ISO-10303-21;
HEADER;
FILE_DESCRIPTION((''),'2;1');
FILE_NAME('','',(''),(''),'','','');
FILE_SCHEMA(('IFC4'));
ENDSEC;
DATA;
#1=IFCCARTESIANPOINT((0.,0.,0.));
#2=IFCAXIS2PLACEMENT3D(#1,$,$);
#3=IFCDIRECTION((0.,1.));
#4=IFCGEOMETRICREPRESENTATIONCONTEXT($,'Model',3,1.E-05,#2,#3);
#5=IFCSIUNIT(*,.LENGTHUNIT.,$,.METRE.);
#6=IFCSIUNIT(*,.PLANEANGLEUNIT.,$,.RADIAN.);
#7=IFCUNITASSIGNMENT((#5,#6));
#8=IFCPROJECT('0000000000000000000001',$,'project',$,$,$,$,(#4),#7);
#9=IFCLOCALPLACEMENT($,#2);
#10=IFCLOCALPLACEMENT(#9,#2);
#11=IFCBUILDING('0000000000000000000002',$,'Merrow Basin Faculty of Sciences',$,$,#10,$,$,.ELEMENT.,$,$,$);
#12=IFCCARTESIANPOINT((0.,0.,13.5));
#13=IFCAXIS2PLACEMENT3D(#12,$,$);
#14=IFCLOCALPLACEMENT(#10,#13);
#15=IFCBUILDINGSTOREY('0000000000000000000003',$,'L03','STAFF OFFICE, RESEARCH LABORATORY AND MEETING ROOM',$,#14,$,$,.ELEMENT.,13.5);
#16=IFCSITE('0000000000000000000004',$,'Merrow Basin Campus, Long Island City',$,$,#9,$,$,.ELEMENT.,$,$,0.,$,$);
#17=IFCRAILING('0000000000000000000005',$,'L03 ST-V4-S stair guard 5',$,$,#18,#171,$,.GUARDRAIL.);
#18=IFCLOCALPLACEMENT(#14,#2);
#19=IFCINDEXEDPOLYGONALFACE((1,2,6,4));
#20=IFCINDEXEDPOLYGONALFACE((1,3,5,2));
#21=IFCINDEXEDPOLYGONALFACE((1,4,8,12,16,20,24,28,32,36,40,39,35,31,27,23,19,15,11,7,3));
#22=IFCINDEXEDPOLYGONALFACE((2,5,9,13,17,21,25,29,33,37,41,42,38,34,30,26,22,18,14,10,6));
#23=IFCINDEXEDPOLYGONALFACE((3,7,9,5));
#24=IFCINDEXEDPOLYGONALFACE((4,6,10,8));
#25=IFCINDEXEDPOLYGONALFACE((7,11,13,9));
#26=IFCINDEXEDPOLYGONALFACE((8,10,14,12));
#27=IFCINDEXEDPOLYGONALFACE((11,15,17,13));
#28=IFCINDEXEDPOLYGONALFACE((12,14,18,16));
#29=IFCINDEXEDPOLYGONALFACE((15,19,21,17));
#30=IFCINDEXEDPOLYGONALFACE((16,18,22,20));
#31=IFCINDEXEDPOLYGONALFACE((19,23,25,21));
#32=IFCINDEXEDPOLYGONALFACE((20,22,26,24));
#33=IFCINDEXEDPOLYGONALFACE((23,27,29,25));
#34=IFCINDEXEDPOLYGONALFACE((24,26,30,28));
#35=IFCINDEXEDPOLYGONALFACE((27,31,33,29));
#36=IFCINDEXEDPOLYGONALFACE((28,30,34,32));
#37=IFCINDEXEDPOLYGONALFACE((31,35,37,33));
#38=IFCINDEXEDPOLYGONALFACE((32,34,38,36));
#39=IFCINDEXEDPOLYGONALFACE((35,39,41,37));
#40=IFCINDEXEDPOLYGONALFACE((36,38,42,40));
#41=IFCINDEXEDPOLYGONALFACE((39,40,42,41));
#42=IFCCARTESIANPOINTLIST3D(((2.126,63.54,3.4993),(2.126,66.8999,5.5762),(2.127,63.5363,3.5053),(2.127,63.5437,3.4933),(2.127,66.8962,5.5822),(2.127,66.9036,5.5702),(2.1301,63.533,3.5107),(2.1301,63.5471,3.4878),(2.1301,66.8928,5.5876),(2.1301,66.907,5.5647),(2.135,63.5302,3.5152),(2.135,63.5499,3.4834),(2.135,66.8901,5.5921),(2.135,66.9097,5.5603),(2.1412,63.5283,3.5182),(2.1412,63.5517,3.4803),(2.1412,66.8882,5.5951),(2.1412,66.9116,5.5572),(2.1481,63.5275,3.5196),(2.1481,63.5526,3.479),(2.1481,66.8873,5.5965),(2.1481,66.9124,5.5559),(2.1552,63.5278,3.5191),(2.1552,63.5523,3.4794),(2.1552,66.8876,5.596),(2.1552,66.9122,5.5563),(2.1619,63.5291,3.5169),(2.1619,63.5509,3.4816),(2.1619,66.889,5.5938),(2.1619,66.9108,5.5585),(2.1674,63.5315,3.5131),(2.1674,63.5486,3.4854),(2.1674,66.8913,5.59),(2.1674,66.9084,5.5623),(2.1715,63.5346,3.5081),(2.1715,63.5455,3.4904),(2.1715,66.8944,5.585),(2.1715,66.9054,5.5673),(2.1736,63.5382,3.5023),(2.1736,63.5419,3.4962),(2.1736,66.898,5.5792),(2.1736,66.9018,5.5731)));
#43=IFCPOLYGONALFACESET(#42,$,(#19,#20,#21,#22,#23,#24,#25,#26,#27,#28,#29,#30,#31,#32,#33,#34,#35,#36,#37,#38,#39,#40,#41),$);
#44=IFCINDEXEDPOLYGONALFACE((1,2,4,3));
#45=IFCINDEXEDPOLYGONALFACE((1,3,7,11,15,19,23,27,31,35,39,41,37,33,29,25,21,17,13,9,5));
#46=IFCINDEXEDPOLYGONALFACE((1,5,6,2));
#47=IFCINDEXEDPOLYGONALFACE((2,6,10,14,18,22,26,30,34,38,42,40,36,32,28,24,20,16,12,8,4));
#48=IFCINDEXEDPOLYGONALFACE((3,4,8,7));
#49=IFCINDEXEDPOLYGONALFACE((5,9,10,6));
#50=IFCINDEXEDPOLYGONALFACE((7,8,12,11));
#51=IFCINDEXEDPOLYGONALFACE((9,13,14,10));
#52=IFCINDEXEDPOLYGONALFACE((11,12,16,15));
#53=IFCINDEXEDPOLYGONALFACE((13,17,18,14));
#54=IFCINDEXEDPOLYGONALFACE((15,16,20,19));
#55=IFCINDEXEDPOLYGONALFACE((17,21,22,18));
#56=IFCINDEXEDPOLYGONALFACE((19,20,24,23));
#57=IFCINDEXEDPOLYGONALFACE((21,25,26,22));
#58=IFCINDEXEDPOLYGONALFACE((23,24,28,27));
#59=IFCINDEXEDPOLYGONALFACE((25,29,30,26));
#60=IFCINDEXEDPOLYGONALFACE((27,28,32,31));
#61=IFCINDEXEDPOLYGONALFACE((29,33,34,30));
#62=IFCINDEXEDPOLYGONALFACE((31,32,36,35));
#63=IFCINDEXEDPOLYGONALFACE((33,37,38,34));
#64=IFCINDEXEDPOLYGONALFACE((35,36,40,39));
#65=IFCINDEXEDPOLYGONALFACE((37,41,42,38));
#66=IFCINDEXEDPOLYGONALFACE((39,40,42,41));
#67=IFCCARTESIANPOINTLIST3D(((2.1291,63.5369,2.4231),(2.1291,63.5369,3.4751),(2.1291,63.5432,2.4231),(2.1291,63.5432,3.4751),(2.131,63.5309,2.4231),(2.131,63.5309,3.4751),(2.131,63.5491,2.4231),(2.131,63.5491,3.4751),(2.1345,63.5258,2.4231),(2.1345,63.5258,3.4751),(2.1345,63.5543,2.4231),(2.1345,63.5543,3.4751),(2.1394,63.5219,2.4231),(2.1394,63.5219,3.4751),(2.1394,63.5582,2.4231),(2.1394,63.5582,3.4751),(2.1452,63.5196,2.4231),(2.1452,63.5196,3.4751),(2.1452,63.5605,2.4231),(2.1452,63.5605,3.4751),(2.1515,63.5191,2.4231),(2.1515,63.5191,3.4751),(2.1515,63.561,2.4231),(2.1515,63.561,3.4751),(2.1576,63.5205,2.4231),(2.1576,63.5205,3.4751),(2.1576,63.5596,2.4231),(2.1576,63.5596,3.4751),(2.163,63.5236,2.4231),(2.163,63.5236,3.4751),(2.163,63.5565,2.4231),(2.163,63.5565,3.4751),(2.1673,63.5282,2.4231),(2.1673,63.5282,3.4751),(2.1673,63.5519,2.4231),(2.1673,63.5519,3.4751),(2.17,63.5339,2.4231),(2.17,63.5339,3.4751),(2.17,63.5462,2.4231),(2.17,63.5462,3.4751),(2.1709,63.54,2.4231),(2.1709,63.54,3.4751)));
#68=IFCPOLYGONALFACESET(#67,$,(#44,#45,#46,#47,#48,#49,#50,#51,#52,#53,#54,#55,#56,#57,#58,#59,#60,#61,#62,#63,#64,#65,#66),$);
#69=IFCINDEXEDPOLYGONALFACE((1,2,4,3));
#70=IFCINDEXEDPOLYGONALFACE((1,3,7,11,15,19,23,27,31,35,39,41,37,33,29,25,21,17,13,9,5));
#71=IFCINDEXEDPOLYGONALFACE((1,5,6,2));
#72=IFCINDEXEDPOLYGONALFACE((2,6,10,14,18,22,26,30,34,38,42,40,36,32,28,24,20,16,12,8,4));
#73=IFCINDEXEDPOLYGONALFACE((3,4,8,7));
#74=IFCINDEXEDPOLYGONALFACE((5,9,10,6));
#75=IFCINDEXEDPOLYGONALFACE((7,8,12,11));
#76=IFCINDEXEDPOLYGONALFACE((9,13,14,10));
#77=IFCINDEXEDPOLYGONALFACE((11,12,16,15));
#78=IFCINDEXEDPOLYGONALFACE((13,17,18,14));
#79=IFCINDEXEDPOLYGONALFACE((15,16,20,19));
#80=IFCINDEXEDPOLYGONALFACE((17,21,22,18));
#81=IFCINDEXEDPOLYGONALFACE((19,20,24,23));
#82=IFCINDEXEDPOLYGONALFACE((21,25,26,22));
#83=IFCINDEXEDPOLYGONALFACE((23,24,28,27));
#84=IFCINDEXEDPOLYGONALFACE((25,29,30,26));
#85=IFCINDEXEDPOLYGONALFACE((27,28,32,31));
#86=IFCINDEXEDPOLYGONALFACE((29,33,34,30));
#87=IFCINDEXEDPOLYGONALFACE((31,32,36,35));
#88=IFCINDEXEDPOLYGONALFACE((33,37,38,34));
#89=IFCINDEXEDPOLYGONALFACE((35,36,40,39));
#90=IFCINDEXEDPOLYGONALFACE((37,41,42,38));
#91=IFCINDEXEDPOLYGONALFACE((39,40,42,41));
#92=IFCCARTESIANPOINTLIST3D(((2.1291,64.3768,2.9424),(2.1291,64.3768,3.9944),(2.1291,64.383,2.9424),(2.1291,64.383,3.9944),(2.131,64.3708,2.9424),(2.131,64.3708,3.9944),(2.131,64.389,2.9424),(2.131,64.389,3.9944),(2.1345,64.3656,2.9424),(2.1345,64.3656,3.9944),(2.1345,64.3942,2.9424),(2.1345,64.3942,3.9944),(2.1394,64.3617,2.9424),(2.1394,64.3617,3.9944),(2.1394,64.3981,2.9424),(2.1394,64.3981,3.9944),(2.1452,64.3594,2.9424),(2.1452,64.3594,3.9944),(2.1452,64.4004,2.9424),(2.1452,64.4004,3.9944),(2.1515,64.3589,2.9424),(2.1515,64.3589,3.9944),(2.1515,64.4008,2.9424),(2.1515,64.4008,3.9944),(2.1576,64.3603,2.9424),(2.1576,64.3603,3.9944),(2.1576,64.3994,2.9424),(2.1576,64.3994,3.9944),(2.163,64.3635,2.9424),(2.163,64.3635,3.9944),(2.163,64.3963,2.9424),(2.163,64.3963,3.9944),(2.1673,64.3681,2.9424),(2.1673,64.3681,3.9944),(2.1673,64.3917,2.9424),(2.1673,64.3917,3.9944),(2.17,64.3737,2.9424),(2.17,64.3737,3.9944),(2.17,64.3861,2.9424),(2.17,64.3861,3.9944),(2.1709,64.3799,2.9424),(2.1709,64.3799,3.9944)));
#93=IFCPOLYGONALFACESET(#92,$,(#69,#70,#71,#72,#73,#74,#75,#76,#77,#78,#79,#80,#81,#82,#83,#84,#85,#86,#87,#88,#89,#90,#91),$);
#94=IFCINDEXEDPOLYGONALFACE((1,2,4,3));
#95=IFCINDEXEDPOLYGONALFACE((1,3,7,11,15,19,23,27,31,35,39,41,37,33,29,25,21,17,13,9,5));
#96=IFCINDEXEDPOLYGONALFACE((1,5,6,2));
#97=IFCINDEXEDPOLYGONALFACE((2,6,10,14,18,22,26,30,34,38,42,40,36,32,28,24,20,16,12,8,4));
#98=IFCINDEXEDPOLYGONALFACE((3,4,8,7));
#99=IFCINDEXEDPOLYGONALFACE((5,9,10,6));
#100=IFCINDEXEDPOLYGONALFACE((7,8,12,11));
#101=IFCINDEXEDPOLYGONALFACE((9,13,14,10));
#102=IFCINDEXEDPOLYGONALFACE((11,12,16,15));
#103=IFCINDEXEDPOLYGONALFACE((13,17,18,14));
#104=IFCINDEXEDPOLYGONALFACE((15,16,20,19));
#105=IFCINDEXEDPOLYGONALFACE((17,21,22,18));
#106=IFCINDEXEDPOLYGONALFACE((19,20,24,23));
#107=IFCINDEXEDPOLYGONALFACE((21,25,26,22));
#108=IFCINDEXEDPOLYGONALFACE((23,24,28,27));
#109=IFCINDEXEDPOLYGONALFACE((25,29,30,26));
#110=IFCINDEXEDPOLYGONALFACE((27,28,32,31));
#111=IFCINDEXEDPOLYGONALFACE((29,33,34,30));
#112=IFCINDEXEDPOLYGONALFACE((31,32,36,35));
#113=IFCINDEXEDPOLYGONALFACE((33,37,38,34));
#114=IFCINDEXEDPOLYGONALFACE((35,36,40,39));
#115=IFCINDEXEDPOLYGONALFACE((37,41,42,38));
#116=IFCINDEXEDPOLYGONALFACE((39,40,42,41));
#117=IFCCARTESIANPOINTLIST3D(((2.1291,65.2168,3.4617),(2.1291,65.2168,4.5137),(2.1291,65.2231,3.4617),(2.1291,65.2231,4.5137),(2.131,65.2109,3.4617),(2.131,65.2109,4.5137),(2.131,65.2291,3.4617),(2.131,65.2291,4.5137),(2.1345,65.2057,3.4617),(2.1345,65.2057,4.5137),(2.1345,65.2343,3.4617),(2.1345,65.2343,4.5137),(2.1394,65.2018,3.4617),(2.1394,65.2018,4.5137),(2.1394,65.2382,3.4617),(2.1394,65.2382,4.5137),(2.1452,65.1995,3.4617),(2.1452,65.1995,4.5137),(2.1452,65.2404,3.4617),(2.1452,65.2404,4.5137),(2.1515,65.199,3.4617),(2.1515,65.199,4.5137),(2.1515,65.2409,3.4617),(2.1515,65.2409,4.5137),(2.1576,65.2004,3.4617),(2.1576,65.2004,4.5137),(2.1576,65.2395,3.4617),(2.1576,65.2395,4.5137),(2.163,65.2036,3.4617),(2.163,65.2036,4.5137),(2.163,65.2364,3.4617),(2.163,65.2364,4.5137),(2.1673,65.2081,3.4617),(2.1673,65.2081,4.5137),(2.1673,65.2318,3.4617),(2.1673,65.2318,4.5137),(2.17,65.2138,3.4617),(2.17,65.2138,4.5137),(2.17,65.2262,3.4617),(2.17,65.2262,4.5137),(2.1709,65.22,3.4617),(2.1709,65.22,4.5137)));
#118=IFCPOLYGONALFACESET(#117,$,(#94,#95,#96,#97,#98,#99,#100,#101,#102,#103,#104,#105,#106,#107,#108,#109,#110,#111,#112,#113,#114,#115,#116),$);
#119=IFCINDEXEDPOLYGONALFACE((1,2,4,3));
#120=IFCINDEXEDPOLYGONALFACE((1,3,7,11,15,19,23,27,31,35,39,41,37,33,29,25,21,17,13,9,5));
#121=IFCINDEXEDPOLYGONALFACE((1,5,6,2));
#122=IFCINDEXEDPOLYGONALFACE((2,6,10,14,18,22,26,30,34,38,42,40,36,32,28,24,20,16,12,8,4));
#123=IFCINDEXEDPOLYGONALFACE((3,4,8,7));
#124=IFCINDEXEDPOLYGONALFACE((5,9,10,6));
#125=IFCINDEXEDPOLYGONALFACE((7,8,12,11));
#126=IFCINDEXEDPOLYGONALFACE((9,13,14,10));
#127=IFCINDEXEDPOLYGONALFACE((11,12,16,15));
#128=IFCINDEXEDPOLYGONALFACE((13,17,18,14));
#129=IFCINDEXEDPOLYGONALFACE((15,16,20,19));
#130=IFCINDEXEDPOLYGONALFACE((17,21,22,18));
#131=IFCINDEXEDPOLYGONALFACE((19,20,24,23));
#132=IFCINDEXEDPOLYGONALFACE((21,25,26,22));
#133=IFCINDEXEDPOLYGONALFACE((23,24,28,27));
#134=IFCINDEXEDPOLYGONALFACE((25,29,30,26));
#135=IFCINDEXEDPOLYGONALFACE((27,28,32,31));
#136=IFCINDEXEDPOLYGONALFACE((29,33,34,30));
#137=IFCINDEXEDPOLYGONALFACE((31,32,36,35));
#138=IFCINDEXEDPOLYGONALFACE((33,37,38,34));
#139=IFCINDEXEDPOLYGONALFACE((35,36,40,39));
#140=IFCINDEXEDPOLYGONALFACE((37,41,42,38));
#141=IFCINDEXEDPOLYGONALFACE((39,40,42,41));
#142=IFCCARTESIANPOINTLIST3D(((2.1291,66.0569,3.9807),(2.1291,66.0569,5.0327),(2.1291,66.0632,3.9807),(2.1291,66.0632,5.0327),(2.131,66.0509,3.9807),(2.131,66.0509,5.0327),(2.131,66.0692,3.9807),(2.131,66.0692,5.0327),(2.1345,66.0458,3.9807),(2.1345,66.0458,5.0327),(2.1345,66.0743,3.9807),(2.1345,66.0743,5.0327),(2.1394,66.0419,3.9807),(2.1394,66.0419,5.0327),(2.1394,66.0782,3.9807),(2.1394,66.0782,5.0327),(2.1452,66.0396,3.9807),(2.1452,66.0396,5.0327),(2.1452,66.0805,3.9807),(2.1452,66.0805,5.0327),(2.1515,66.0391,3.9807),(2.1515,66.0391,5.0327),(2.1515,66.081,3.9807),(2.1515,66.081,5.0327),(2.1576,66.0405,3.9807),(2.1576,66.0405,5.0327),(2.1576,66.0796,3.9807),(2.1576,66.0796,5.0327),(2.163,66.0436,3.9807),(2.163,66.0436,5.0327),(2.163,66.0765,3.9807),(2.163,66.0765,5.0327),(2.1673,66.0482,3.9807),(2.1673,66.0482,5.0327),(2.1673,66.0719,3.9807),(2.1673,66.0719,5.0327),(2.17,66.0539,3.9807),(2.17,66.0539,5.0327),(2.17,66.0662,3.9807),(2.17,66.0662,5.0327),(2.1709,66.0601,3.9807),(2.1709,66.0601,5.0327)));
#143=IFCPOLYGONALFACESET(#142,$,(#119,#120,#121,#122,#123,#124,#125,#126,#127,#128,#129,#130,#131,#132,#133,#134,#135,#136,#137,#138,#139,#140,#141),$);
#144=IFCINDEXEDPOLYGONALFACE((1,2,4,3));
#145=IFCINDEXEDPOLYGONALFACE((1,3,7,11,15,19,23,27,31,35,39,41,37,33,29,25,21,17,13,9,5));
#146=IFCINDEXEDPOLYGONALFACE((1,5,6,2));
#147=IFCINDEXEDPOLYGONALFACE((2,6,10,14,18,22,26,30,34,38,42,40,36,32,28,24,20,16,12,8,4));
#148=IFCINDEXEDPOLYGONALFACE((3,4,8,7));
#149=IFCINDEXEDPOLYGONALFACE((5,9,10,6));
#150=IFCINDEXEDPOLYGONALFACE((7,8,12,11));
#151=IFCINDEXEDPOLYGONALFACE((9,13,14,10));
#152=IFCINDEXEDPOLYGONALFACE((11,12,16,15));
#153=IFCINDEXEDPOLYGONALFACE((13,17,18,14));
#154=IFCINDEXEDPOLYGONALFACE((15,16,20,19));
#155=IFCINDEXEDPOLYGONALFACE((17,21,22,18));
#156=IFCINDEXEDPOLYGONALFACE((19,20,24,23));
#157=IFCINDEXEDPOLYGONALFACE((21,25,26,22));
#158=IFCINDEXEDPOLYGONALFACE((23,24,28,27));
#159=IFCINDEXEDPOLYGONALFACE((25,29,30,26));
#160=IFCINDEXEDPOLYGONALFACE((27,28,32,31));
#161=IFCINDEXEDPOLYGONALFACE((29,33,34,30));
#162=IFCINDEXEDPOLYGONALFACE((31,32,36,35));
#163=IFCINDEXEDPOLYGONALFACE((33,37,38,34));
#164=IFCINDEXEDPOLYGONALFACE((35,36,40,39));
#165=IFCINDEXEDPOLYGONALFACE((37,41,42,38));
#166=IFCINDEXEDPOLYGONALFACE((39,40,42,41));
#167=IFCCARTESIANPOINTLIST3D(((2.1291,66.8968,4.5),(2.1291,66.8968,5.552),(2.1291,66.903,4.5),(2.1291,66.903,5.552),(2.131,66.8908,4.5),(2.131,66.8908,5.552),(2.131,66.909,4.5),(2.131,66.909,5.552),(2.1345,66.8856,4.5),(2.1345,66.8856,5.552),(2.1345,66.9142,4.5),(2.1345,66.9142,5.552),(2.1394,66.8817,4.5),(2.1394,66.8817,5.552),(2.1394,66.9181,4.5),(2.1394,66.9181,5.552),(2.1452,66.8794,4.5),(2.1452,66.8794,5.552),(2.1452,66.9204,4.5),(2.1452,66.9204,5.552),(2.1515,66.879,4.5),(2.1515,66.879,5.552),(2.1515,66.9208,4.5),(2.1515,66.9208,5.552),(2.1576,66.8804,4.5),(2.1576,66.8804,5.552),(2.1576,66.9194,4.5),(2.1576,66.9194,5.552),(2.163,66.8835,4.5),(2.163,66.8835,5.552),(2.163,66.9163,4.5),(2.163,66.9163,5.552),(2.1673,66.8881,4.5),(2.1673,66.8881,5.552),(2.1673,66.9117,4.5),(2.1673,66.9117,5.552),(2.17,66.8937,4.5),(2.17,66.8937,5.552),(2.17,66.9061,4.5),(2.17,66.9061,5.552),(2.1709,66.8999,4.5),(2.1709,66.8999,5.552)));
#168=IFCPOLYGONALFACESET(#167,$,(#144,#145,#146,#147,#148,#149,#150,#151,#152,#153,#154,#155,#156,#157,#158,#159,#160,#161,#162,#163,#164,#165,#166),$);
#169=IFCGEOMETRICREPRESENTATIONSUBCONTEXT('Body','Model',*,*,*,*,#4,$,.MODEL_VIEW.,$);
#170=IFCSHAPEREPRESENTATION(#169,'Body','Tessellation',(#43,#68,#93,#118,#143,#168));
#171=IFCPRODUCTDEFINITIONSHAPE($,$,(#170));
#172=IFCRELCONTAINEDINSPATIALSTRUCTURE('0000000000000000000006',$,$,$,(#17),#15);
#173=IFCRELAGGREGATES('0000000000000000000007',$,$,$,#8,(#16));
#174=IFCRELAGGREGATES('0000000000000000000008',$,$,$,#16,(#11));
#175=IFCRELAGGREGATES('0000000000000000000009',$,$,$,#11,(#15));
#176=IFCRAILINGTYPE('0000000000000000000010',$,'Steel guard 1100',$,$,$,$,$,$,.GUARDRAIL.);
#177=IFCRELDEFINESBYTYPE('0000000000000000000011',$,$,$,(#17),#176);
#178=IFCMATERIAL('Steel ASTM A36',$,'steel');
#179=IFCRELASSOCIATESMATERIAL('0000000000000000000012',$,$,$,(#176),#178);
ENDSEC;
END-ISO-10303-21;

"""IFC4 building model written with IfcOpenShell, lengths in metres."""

from ifc_helpers import new_model, si_unit, direction, frame, origin, origin_2d, place, context, subcontext, project, spatial, circle, extrude, material, type_object, element, save


model = new_model("IFC4")

# Units and contexts
model_context = context("Model", 3, precision=1e-05, world=origin(), true_north=direction((0.0, 1.0)))
body_context = subcontext(model_context, "Body", "Model", "MODEL_VIEW")
ifc_project = project(units=[si_unit("LENGTHUNIT", "METRE"), si_unit("PLANEANGLEUNIT", "RADIAN")], contexts=[model_context])

# Site, building, storey
site_placement = place(None, origin())
site = spatial("IfcSite", under=ifc_project, at=site_placement, Name="Merrow Basin Campus, Long Island City", CompositionType="ELEMENT", RefElevation=0.0)
building_placement = place(site_placement, origin())
building = spatial("IfcBuilding", under=site, at=building_placement, Name="Merrow Basin Faculty of Sciences", CompositionType="ELEMENT")
storey_placement = place(building_placement, frame((0.0, 0.0, 13.5)))
storey = spatial("IfcBuildingStorey", under=building, at=storey_placement, Name="L03", Description="STAFF OFFICE, RESEARCH LABORATORY AND MEETING ROOM", CompositionType="ELEMENT", Elevation=13.5)

# Railing
ifc_material_1 = material(Name="Steel ASTM A36", Category="steel")
railing_type_1 = type_object("IfcRailingType", Name="Steel guard 1100", PredefinedType="GUARDRAIL", material=ifc_material_1)
railing_1_placement = place(storey_placement, frame((2.1499, 63.54, 2.4231)))
element("IfcRailing", 1, at=railing_1_placement, inside=storey, type_object=railing_type_1, Name="L03 ST-V4-S stair guard 5", PredefinedType="GUARDRAIL", context=body_context, shape_type="SweptSolid", body=[
    extrude(circle(Radius=0.0239, at=origin_2d()), frame((0.0, 0.0, 1.0762), z_axis=(0.0, 0.850606, 0.525803), x_axis=(-1.0, 0.0, 0.0)), (0.0, 0.0, 1.0), 3.95),
    extrude(circle(Radius=0.021, at=origin_2d()), origin(), (0.0, 0.0, 1.0), 1.052),
    extrude(circle(Radius=0.021, at=origin_2d()), frame((0.0, 0.8398, 0.5193)), (0.0, 0.0, 1.0), 1.052),
    extrude(circle(Radius=0.021, at=origin_2d()), frame((0.0, 1.6799, 1.0386)), (0.0, 0.0, 1.0), 1.052),
    extrude(circle(Radius=0.021, at=origin_2d()), frame((0.0, 2.52, 1.5576)), (0.0, 0.0, 1.0), 1.052),
    extrude(circle(Radius=0.021, at=origin_2d()), frame((0.0, 3.3599, 2.0769)), (0.0, 0.0, 1.0), 1.052),
])

save(model, "model.ifc")
